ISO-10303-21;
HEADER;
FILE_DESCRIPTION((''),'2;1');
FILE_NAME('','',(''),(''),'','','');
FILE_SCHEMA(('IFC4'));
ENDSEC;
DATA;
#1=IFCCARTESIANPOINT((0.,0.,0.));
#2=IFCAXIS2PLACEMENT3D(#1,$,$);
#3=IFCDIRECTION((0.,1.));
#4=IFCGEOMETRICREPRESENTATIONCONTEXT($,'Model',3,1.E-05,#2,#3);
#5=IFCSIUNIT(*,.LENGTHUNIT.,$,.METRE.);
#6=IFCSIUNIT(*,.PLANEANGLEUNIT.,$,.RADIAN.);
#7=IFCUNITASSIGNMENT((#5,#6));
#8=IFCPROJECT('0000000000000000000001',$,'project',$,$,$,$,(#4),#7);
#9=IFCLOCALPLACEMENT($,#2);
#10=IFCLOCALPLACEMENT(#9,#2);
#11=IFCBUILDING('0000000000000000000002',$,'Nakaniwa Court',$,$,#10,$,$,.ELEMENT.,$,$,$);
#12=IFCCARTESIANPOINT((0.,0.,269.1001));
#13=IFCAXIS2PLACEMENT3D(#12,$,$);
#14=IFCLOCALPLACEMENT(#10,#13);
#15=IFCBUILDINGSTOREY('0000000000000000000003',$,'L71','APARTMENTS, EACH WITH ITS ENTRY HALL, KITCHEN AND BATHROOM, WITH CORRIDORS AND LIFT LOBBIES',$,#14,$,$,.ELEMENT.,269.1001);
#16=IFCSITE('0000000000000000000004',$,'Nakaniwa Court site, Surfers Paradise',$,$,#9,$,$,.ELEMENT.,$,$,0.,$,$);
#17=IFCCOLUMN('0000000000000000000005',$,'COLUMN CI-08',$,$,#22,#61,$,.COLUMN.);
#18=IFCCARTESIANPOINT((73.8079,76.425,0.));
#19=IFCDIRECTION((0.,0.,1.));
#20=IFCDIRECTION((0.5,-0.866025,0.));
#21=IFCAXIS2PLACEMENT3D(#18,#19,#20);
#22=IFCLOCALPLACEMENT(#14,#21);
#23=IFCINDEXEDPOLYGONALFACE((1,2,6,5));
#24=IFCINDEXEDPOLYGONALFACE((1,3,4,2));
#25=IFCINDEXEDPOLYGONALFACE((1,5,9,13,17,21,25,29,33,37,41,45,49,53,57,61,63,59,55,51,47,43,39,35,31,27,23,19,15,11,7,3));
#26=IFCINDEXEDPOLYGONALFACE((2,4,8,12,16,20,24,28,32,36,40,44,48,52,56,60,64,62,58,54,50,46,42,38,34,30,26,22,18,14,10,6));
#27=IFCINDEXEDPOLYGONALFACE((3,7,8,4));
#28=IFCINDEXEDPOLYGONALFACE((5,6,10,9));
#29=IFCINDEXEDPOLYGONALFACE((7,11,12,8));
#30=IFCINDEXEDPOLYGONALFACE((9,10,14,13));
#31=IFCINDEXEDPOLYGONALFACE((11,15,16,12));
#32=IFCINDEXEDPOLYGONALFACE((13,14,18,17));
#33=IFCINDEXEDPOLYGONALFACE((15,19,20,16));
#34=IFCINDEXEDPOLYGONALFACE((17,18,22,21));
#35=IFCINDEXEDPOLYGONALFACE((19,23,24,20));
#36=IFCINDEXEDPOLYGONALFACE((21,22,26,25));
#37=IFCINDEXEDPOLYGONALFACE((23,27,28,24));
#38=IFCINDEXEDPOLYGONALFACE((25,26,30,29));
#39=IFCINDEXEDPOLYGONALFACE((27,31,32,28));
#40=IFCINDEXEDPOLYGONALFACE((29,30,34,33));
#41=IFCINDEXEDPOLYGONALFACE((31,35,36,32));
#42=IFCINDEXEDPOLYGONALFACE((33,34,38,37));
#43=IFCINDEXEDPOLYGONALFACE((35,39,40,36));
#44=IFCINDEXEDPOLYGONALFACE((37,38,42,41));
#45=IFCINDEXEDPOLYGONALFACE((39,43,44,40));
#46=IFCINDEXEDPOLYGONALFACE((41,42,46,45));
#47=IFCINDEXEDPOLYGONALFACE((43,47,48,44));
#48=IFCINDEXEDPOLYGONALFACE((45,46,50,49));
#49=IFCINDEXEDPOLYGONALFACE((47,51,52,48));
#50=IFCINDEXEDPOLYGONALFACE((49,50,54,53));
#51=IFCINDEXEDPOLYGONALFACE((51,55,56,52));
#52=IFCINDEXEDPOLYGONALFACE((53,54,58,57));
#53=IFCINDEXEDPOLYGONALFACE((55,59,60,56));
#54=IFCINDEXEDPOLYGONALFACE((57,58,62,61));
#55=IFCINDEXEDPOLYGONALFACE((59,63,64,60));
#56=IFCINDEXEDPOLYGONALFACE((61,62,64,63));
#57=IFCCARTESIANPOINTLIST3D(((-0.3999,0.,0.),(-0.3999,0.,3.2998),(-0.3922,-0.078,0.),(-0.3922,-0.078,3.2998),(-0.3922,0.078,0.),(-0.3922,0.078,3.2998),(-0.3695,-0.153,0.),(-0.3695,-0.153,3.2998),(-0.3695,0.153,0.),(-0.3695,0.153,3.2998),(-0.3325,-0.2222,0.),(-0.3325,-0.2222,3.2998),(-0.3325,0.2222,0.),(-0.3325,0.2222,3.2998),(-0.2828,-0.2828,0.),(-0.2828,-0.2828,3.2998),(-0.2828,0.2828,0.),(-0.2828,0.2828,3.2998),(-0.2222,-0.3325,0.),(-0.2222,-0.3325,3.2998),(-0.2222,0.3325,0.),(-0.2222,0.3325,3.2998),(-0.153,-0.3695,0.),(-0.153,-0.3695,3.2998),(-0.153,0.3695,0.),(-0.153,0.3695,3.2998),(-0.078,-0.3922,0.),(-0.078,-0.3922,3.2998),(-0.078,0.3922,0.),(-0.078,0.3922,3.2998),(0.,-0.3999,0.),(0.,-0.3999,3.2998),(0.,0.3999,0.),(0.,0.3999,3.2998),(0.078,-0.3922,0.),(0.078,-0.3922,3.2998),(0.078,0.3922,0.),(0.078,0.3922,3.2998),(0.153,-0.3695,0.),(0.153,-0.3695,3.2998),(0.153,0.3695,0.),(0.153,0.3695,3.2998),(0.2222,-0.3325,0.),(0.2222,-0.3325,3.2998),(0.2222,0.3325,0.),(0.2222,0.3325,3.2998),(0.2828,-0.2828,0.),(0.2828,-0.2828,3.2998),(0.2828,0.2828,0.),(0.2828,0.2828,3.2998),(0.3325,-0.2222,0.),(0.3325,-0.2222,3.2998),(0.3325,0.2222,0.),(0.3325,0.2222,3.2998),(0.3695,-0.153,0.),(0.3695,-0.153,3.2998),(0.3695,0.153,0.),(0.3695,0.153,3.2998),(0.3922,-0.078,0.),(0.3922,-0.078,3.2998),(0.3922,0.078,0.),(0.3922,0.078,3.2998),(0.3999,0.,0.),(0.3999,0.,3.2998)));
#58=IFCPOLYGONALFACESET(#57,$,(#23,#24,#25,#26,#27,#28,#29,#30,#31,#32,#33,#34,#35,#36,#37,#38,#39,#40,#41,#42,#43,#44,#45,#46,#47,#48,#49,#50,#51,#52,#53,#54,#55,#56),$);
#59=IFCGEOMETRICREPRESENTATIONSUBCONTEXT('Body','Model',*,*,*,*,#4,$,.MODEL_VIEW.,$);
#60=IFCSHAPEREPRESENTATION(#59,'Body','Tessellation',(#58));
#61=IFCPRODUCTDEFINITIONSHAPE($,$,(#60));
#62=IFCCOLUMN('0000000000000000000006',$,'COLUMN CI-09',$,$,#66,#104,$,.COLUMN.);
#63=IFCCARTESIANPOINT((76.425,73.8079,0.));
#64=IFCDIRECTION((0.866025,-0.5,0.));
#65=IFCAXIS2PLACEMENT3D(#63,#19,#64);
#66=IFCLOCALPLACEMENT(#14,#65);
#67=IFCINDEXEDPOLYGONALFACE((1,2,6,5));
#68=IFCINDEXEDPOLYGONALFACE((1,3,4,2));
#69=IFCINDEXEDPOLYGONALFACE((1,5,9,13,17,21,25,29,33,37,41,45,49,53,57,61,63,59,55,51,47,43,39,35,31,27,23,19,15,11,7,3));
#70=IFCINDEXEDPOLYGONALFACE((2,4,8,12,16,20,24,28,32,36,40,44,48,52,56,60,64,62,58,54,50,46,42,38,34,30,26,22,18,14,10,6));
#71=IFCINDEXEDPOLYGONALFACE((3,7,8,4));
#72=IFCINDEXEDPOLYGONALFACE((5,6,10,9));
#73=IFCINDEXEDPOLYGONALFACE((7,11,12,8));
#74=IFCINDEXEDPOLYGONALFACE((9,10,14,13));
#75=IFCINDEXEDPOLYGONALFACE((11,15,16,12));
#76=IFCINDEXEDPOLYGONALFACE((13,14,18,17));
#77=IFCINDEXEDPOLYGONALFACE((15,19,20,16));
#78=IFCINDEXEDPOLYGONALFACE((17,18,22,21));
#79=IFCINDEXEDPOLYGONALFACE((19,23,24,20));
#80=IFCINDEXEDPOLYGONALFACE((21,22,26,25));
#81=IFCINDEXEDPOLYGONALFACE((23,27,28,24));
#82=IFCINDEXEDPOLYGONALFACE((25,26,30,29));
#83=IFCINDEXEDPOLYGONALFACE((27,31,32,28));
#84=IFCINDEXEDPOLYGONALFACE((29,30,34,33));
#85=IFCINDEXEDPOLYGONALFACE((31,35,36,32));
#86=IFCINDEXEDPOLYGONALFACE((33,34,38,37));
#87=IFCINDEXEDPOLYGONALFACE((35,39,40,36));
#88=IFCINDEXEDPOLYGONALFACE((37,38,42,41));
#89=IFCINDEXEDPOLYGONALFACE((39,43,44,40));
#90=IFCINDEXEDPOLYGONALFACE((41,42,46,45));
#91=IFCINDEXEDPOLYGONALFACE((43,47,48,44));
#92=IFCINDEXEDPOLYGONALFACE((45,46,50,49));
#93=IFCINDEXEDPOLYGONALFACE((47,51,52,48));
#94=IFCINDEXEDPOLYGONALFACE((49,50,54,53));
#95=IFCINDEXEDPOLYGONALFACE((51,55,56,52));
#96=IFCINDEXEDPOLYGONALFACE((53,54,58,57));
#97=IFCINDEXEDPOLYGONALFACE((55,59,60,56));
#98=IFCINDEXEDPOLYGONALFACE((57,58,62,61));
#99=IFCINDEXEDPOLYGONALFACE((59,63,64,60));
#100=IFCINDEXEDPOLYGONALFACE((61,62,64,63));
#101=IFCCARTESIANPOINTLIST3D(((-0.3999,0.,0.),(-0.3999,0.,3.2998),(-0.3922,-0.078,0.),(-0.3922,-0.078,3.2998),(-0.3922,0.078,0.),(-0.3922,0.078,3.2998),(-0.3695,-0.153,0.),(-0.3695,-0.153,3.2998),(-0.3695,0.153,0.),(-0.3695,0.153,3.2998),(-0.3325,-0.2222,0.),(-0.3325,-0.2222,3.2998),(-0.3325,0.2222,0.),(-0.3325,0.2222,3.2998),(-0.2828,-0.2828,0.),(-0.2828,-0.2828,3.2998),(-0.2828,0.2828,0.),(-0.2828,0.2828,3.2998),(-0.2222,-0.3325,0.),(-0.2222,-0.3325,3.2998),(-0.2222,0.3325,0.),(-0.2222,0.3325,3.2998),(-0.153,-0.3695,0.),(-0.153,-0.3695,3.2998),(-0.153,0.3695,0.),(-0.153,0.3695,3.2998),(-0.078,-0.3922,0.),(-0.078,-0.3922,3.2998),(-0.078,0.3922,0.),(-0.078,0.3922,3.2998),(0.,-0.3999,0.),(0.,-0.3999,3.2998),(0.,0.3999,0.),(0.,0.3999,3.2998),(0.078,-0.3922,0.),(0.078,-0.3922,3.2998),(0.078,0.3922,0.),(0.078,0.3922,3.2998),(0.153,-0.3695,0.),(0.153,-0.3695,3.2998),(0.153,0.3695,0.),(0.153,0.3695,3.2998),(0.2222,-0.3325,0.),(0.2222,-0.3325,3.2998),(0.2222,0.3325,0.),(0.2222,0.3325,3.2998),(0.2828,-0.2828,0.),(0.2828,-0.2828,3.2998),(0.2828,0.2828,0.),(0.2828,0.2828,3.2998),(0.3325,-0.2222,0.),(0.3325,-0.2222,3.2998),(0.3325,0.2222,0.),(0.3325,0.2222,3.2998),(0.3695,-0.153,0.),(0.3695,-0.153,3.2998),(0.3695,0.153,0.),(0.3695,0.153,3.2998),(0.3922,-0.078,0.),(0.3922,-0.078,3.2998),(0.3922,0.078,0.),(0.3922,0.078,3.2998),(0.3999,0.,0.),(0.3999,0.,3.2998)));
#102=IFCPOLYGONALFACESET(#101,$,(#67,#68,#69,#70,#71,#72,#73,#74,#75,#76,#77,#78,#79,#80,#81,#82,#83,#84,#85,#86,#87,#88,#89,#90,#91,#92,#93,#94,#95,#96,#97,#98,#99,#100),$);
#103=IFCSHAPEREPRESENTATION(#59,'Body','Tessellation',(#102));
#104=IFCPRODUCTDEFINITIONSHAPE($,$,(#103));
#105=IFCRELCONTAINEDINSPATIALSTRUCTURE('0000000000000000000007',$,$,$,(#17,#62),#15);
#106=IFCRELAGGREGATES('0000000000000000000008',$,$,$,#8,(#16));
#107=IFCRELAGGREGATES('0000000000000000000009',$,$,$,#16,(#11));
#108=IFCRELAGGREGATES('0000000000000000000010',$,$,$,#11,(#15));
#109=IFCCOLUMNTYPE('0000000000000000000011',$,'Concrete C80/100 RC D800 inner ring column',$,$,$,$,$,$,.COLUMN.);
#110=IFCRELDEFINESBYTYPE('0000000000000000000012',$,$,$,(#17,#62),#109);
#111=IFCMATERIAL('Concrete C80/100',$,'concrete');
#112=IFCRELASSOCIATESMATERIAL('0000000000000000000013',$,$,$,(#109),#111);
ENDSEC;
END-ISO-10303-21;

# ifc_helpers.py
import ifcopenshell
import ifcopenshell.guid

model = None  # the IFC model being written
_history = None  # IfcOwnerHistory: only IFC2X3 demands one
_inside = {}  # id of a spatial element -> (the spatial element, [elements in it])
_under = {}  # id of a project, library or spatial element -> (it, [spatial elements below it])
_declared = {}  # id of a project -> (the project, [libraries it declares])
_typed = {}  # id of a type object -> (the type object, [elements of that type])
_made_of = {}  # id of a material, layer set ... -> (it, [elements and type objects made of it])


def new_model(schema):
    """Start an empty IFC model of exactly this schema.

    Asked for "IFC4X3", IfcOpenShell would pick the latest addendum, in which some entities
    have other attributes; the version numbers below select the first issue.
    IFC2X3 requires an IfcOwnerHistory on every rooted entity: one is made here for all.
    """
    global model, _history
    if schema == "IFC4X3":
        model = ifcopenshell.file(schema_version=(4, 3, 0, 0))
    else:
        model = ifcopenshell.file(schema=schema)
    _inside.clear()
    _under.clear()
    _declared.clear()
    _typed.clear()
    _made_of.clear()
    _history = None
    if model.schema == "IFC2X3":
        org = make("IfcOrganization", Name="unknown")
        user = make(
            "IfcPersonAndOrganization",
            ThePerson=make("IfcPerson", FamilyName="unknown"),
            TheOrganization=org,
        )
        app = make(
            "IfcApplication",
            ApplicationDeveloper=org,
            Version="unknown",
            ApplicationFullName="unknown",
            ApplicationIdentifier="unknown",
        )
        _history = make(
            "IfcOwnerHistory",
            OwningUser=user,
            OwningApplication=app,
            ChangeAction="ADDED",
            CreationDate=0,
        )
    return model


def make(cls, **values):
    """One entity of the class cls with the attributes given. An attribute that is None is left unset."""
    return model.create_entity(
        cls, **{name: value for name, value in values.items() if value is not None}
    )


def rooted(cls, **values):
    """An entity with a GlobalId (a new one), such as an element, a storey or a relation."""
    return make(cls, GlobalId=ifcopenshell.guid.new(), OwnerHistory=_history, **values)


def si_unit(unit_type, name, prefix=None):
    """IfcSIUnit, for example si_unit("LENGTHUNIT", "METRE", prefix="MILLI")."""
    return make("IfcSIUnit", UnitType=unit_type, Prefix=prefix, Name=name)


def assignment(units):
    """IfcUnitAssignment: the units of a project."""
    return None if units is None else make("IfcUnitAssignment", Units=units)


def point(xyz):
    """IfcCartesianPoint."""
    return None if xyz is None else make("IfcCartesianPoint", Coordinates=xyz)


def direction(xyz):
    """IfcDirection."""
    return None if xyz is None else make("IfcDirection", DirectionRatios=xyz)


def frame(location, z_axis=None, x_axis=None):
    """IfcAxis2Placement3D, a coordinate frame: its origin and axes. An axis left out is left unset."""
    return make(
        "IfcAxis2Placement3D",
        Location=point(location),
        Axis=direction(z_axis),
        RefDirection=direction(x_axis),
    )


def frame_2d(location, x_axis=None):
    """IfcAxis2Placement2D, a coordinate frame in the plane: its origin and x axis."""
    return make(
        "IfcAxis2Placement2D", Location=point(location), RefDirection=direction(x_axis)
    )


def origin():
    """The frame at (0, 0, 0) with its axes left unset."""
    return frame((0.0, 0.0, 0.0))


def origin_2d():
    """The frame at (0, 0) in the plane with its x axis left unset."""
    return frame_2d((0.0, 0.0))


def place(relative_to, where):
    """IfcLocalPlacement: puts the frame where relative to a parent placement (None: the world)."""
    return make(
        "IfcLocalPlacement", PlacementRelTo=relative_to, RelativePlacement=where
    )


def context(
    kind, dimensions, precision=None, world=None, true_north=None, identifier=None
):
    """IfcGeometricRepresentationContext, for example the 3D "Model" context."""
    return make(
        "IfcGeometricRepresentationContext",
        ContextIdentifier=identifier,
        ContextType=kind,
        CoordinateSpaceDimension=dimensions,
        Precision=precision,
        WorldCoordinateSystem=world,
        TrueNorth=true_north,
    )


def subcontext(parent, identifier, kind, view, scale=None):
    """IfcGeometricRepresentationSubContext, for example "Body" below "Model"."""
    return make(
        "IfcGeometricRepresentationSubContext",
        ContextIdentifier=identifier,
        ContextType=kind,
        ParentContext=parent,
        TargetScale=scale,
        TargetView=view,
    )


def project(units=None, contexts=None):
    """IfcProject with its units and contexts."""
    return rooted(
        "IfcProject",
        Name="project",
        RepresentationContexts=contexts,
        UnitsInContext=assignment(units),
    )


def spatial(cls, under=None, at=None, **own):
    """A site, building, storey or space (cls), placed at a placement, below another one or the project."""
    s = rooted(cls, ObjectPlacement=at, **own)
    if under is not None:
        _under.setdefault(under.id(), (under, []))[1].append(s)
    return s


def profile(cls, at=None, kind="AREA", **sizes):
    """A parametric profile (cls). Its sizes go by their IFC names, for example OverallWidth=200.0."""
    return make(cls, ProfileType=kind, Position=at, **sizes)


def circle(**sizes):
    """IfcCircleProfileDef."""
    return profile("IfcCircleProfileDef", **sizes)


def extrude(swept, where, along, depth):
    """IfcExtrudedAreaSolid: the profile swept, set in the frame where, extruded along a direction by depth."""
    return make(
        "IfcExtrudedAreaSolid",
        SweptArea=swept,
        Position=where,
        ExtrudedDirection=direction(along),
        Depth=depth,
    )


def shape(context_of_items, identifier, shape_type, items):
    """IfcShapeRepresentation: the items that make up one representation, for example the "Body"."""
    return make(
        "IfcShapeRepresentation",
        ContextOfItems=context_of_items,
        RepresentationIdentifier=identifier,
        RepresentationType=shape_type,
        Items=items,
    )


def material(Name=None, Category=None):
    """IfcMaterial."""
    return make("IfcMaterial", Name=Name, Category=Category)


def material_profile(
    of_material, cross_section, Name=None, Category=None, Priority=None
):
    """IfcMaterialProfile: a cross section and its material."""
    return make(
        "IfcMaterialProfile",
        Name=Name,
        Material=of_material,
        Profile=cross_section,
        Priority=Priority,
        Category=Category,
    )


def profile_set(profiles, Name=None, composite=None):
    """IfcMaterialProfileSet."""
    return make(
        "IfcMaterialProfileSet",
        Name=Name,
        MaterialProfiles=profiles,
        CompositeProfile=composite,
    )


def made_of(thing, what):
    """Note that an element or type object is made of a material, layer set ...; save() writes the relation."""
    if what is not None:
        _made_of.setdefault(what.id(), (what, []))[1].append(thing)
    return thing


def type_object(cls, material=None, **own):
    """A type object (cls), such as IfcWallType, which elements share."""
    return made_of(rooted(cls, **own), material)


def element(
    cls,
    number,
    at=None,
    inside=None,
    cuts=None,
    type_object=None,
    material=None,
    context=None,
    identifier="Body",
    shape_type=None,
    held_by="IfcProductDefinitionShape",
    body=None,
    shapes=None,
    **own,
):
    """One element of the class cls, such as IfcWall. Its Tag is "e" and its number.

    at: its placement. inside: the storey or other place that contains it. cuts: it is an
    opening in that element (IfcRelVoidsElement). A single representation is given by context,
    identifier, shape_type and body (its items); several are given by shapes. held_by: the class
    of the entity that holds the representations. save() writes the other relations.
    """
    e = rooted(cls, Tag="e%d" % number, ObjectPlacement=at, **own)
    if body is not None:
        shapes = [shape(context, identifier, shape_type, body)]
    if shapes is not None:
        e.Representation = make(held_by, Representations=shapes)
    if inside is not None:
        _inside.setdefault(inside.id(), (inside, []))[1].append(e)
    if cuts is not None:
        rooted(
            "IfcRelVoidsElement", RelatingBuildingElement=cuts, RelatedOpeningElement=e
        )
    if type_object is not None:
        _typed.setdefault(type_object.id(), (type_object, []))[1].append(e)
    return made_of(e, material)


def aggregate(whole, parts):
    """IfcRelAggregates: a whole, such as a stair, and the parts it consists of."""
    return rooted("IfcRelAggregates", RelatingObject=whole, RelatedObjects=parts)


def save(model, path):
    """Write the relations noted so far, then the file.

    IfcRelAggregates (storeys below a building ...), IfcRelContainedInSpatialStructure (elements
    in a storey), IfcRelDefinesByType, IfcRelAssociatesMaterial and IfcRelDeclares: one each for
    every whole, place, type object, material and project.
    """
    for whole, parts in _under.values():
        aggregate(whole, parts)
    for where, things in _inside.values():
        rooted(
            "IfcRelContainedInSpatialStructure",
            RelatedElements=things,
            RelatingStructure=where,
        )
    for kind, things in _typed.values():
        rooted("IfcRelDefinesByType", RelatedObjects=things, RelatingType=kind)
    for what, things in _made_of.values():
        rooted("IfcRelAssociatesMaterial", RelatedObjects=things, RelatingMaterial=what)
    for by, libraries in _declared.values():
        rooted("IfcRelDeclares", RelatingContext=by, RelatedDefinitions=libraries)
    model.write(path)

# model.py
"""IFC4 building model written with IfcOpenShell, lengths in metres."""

from ifc_helpers import new_model, si_unit, direction, frame, origin, origin_2d, place, context, subcontext, project, spatial, circle, extrude, material, material_profile, profile_set, type_object, element, save


model = new_model("IFC4")

# Units and contexts
model_context = context("Model", 3, precision=1e-05, world=origin(), true_north=direction((0.0, 1.0)))
body_context = subcontext(model_context, "Body", "Model", "MODEL_VIEW")
ifc_project = project(units=[si_unit("LENGTHUNIT", "METRE"), si_unit("PLANEANGLEUNIT", "RADIAN")], contexts=[model_context])

# Site, building, storey
site_placement = place(None, origin())
site = spatial("IfcSite", under=ifc_project, at=site_placement, Name="Nakaniwa Court site, Surfers Paradise", CompositionType="ELEMENT", RefElevation=0.0)
building_placement = place(site_placement, origin())
building = spatial("IfcBuilding", under=site, at=building_placement, Name="Nakaniwa Court", CompositionType="ELEMENT")
storey_placement = place(building_placement, frame((0.0, 0.0, 269.1001)))
storey = spatial("IfcBuildingStorey", under=building, at=storey_placement, Name="L71", Description="APARTMENTS, EACH WITH ITS ENTRY HALL, KITCHEN AND BATHROOM, WITH CORRIDORS AND LIFT LOBBIES", CompositionType="ELEMENT", Elevation=269.1001)

# Columns
ifc_material_1 = material(Name="Concrete C80/100", Category="concrete")
ifc_material_profile_1 = material_profile(ifc_material_1, circle(Radius=0.3999, at=origin_2d()), Name="Concrete C80/100 RC D800 inner ring column")
ifc_profile_set_1 = profile_set([ifc_material_profile_1], Name="Concrete C80/100")
column_type_1 = type_object("IfcColumnType", Name="Concrete C80/100 RC D800 inner ring column", PredefinedType="COLUMN", material=ifc_profile_set_1)
for number, where, z_axis, x_axis, name in (
    (1, (73.8079, 76.425, 0.0), (0.0, 0.0, 1.0), (0.5, -0.866025, 0.0), "COLUMN CI-08"),
    (2, (76.425, 73.8079, 0.0), (0.0, 0.0, 1.0), (0.866025, -0.5, 0.0), "COLUMN CI-09"),
):
    element("IfcColumn", number, at=place(storey_placement, frame(where, z_axis=z_axis, x_axis=x_axis)), inside=storey, type_object=column_type_1, Name=name, PredefinedType="COLUMN", context=body_context, shape_type="SweptSolid", body=[
        extrude(circle(Radius=0.3999, at=origin_2d()), origin(), (0.0, 0.0, 1.0), 3.2998),
    ])

save(model, "model.ifc")
